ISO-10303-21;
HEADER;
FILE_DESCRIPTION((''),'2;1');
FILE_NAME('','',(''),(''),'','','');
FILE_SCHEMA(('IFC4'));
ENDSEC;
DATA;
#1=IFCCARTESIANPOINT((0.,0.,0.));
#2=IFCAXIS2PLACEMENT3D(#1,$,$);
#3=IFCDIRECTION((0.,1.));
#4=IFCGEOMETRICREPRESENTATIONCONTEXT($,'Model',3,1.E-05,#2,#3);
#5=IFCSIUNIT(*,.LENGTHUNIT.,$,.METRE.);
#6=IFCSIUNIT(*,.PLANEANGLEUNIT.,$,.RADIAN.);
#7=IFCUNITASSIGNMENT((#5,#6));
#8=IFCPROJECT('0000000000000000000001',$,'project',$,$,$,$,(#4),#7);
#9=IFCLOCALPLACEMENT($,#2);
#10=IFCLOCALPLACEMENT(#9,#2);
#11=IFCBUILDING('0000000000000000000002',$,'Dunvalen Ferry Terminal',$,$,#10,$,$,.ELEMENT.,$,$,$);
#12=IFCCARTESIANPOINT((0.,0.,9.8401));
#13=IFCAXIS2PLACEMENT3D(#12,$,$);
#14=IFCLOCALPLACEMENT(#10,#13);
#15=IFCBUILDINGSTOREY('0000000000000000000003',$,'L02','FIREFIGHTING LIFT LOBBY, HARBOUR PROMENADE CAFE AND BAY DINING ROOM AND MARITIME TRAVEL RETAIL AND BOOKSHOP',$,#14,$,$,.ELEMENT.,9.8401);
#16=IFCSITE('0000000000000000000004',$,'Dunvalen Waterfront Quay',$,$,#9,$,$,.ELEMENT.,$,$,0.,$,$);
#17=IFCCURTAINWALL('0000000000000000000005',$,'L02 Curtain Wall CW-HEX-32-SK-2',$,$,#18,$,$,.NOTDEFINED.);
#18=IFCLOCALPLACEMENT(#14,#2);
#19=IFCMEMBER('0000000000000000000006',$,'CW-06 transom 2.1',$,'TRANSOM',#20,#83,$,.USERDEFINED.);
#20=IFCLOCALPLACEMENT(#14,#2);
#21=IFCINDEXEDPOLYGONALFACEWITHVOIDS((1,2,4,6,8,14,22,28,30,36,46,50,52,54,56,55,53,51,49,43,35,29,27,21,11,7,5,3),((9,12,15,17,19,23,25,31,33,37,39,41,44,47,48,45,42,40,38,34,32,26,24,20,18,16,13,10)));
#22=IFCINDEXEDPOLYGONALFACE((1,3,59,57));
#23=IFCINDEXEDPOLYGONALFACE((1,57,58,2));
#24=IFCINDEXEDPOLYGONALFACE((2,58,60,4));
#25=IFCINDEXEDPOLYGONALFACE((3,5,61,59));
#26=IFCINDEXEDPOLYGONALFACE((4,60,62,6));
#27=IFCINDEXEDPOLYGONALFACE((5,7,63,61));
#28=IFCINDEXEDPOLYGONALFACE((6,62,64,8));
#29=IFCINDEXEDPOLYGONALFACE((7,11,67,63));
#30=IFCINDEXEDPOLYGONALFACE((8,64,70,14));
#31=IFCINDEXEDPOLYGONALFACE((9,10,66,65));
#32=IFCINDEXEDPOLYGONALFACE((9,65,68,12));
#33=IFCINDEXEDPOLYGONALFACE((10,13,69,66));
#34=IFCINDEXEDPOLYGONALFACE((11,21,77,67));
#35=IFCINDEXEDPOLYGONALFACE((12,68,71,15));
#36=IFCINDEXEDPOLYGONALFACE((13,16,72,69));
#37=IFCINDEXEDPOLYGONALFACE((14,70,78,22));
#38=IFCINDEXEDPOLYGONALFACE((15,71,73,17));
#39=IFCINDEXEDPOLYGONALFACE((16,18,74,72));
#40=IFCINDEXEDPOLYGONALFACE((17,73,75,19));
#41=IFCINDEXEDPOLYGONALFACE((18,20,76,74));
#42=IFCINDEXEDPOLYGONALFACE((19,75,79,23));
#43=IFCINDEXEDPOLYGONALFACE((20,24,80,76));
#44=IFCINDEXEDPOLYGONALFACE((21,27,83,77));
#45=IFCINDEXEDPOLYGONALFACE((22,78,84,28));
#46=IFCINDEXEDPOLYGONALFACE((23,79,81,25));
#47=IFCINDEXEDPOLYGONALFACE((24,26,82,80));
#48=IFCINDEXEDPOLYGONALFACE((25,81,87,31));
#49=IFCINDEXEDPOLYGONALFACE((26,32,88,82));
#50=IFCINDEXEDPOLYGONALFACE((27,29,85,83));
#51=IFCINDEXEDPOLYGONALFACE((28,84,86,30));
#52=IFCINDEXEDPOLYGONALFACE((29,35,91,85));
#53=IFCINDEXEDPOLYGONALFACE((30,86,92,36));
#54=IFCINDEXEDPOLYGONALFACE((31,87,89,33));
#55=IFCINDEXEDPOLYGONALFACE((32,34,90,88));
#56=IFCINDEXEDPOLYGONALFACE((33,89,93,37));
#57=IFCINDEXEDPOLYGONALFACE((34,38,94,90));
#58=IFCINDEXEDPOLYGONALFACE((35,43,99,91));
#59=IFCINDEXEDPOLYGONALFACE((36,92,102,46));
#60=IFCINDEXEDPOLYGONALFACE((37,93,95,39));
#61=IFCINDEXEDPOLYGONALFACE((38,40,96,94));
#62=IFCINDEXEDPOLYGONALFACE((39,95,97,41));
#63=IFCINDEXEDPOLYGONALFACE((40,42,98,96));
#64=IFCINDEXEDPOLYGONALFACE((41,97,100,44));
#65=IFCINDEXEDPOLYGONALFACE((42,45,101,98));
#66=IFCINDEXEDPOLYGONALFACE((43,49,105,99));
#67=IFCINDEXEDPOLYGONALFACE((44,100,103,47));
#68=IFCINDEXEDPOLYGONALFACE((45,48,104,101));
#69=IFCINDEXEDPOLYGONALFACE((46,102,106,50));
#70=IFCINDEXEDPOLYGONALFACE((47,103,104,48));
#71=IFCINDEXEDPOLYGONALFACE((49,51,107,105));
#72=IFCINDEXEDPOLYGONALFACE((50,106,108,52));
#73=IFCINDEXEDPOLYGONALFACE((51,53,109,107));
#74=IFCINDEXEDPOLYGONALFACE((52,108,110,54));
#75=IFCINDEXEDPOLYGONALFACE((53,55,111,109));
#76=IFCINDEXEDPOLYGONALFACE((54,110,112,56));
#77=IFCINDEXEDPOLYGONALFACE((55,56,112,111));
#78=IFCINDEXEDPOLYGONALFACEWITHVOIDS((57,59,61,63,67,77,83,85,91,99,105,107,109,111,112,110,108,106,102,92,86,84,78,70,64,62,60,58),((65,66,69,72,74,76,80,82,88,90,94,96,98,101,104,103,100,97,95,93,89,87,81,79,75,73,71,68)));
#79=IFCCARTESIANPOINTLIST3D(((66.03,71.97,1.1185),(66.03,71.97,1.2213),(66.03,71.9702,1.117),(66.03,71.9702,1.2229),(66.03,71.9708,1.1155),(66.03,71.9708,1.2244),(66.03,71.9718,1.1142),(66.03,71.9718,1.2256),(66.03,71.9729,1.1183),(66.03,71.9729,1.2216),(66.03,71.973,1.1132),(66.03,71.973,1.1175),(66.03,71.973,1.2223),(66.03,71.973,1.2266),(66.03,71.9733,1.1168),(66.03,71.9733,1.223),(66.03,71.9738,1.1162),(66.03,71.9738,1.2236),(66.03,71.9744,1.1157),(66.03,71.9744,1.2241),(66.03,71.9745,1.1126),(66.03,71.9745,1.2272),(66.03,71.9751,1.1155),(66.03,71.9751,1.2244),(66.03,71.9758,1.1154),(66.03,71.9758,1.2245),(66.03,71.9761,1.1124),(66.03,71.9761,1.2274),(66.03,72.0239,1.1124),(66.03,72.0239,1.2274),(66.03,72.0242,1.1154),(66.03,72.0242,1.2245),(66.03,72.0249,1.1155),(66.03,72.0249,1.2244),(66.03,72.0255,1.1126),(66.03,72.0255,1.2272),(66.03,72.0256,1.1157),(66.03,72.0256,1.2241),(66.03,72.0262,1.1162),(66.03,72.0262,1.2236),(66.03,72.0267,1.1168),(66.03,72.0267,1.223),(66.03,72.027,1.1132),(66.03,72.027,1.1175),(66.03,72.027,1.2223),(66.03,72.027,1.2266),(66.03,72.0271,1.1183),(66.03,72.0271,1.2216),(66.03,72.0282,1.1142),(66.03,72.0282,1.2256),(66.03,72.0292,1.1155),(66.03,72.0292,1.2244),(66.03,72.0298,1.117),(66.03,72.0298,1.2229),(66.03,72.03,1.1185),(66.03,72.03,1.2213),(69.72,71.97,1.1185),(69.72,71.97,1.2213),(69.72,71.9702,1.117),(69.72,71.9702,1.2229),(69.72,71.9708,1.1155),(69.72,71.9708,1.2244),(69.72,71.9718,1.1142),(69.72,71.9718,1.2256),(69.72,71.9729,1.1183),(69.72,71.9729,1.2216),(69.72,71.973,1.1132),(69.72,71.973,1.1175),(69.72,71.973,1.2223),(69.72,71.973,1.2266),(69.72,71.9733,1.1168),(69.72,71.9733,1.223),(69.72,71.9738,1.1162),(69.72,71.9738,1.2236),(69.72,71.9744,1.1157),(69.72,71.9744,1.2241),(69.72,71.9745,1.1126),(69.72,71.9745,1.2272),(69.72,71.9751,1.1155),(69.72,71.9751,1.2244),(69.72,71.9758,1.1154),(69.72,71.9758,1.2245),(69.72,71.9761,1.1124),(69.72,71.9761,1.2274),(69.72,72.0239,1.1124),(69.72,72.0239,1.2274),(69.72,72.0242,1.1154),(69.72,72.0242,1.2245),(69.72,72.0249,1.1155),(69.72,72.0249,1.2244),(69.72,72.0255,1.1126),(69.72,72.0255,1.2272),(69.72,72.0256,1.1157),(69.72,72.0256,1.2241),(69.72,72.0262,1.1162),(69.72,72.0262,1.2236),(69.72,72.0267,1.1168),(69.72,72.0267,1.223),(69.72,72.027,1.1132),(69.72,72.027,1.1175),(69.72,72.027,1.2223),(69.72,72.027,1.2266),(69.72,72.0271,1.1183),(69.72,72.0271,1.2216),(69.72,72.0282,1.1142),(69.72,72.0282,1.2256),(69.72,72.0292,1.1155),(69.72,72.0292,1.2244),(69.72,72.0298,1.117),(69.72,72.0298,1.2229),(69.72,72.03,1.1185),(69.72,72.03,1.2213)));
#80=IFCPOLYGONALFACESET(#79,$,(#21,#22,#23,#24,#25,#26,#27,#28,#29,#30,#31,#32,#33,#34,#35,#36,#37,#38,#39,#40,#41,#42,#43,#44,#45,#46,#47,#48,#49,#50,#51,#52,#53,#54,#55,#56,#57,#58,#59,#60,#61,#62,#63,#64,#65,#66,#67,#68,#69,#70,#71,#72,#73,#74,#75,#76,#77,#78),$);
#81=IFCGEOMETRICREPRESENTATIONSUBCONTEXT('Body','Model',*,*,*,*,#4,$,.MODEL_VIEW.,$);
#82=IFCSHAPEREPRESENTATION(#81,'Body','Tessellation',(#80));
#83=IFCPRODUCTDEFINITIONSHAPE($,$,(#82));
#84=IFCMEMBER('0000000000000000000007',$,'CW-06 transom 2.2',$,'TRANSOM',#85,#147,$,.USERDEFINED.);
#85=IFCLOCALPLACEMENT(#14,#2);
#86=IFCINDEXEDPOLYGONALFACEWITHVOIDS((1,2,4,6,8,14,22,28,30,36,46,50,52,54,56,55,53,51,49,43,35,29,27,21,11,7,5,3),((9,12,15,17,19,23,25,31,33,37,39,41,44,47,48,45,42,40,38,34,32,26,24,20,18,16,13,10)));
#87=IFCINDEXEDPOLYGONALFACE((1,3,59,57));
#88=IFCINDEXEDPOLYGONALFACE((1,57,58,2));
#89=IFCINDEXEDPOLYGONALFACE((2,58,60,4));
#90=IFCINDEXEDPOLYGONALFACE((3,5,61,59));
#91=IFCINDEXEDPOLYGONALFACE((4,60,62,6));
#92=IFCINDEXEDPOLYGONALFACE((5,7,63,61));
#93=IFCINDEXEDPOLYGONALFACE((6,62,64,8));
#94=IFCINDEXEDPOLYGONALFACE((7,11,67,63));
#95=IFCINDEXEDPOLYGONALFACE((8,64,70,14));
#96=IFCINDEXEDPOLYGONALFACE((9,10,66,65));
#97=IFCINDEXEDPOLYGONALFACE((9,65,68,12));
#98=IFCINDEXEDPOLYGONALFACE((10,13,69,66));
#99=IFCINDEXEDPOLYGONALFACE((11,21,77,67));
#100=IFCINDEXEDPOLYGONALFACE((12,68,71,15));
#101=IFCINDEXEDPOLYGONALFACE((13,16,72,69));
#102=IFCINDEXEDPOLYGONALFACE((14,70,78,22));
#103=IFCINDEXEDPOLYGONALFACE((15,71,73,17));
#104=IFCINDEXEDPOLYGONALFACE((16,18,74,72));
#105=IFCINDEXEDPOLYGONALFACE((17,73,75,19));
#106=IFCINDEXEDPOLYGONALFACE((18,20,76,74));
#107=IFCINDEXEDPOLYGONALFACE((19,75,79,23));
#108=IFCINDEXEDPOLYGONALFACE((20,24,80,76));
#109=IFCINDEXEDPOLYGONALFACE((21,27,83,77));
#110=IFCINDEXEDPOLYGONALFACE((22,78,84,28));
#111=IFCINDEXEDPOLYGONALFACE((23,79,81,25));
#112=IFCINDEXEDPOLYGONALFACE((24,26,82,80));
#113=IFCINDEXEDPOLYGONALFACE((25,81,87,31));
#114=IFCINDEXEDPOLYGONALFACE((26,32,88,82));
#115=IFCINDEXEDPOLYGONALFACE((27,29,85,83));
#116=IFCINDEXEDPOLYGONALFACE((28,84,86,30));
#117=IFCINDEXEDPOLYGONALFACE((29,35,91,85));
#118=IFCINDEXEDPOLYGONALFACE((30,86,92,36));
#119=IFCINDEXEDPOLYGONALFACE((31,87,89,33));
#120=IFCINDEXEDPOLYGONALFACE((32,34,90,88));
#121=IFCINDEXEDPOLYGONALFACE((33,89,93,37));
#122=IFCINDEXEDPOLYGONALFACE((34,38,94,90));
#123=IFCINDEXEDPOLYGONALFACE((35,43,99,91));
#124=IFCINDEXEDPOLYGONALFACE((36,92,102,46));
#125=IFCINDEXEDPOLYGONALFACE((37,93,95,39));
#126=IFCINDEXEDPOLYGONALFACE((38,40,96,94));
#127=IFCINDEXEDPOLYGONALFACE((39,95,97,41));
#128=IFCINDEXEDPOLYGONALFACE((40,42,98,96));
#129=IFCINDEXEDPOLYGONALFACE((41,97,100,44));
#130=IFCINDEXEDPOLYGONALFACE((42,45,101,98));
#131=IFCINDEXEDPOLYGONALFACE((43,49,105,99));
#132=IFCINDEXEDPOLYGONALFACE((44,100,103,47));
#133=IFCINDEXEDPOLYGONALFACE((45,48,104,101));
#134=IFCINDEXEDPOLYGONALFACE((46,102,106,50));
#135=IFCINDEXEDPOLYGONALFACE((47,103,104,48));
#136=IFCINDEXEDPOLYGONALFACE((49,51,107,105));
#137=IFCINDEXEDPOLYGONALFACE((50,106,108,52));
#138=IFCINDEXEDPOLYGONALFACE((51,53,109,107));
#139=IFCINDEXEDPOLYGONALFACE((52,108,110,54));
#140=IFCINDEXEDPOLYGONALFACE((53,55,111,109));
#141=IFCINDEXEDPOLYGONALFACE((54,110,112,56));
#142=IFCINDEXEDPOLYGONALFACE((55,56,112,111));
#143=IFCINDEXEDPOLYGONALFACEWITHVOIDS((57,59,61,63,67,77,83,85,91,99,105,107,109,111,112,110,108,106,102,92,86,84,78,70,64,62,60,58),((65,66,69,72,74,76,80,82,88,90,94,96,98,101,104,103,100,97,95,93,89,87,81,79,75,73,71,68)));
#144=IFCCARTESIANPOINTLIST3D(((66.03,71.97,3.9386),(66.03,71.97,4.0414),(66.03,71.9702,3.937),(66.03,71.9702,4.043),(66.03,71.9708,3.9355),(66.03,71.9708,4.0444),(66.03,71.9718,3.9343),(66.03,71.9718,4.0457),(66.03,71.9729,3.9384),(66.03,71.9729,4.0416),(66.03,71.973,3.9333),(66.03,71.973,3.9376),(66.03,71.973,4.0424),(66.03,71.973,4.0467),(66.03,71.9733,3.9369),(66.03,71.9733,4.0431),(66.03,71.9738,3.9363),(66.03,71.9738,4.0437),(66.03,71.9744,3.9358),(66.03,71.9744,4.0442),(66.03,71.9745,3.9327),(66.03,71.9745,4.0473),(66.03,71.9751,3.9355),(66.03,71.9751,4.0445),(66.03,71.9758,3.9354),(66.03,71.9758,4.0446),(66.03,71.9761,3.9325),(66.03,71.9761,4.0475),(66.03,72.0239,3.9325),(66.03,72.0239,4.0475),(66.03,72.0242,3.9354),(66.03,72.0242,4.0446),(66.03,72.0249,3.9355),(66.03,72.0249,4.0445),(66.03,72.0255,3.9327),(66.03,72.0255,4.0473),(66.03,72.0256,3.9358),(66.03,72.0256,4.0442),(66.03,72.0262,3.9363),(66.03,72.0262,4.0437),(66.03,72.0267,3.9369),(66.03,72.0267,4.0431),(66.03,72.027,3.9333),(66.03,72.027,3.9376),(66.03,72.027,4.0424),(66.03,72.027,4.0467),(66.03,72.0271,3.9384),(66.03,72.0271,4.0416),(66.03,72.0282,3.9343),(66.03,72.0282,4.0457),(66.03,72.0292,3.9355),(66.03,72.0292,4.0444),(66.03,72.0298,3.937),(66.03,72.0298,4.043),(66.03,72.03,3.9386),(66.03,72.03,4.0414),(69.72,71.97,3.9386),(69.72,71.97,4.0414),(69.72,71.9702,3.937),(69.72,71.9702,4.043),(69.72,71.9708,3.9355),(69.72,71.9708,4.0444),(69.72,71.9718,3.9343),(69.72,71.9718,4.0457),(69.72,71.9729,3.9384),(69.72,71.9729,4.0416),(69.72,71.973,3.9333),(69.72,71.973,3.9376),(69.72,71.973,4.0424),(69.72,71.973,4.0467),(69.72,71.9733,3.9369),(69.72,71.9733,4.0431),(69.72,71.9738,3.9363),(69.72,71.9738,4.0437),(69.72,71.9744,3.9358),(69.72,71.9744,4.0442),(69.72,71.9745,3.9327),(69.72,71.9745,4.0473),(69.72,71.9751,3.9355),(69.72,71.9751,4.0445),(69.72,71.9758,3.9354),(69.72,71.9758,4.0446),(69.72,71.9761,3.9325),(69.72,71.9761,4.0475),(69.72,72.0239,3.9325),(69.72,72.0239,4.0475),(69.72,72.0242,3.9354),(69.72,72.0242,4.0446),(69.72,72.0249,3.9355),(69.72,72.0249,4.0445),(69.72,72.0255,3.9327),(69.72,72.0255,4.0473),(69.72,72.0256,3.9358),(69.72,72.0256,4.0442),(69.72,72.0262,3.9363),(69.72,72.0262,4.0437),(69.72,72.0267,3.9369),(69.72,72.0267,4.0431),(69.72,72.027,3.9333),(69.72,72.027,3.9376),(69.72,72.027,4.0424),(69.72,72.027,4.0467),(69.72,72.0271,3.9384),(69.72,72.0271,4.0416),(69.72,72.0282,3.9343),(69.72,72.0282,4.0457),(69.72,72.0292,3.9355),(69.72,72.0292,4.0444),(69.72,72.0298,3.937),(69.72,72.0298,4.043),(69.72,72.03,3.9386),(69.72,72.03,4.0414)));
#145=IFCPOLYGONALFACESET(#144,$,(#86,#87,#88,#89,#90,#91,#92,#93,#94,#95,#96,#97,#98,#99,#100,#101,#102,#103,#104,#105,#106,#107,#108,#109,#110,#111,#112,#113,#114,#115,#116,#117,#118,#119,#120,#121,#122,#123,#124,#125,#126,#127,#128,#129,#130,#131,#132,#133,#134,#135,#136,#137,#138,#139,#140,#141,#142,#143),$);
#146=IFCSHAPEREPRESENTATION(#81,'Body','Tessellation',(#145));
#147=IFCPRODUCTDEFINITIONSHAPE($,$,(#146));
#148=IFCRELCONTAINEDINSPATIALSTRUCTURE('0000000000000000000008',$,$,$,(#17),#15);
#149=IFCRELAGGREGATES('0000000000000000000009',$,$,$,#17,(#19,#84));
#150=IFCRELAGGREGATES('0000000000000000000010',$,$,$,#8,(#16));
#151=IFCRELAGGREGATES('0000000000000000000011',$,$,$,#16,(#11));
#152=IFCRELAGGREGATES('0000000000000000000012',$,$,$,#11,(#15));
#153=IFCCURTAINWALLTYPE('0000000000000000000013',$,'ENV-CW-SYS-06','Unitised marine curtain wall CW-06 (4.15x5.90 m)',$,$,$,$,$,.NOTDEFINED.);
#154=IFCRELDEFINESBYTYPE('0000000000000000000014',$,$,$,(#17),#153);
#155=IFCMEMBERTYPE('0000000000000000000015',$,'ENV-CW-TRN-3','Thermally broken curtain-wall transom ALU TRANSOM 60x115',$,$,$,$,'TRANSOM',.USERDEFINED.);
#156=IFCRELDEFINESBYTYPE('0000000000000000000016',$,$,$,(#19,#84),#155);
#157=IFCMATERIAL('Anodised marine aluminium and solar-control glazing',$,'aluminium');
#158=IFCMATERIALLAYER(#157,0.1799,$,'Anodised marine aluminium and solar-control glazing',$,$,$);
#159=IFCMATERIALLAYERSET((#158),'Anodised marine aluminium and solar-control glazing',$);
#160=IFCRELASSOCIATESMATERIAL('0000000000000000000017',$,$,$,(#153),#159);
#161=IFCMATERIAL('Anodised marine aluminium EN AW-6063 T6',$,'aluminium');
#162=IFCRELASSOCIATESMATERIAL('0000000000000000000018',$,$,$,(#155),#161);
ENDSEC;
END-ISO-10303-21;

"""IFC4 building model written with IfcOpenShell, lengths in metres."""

from ifc_helpers import new_model, si_unit, direction, frame, origin, origin_2d, place, context, subcontext, project, spatial, hollow_rectangle, extrude, material, layer, layer_set, material_profile, profile_set, type_object, element, aggregate, save


model = new_model("IFC4")

# Units and contexts
model_context = context("Model", 3, precision=1e-05, world=origin(), true_north=direction((0.0, 1.0)))
body_context = subcontext(model_context, "Body", "Model", "MODEL_VIEW")
ifc_project = project(units=[si_unit("LENGTHUNIT", "METRE"), si_unit("PLANEANGLEUNIT", "RADIAN")], contexts=[model_context])

# Site, building, storey
site_placement = place(None, origin())
site = spatial("IfcSite", under=ifc_project, at=site_placement, Name="Dunvalen Waterfront Quay", CompositionType="ELEMENT", RefElevation=0.0)
building_placement = place(site_placement, origin())
building = spatial("IfcBuilding", under=site, at=building_placement, Name="Dunvalen Ferry Terminal", CompositionType="ELEMENT")
storey_placement = place(building_placement, frame((0.0, 0.0, 9.8401)))
storey = spatial("IfcBuildingStorey", under=building, at=storey_placement, Name="L02", Description="FIREFIGHTING LIFT LOBBY, HARBOUR PROMENADE CAFE AND BAY DINING ROOM AND MARITIME TRAVEL RETAIL AND BOOKSHOP", CompositionType="ELEMENT", Elevation=9.8401)

# Curtain wall, members
ifc_material_1 = material(Name="Anodised marine aluminium and solar-control glazing", Category="aluminium")
ifc_layer_1 = layer(ifc_material_1, 0.1799, Name="Anodised marine aluminium and solar-control glazing")
ifc_layer_set_1 = layer_set([ifc_layer_1], Name="Anodised marine aluminium and solar-control glazing")
curtain_wall_type = type_object("IfcCurtainWallType", Name="ENV-CW-SYS-06", Description="Unitised marine curtain wall CW-06 (4.15x5.90 m)", PredefinedType="NOTDEFINED", material=ifc_layer_set_1)
curtain_wall_placement = place(storey_placement, origin())
curtain_wall = element("IfcCurtainWall", 1, at=curtain_wall_placement, inside=storey, type_object=curtain_wall_type, Name="L02 Curtain Wall CW-HEX-32-SK-2", PredefinedType="NOTDEFINED")
ifc_material_2 = material(Name="Anodised marine aluminium EN AW-6063 T6", Category="aluminium")
ifc_material_profile_1 = material_profile(ifc_material_2, hollow_rectangle(XDim=0.0601, YDim=0.115, WallThickness=0.0029, InnerFilletRadius=0.0029, OuterFilletRadius=0.0061, at=origin_2d()), Name="Anodised marine aluminium EN AW-6063 T6")
ifc_profile_set_1 = profile_set([ifc_material_profile_1], Name="Anodised marine aluminium EN AW-6063 T6")
member_type_1 = type_object("IfcMemberType", Name="ENV-CW-TRN-3", Description="Thermally broken curtain-wall transom ALU TRANSOM 60x115", ElementType="TRANSOM", PredefinedType="USERDEFINED", material=ifc_profile_set_1)
member_1_placement = place(storey_placement, frame((66.03, 72.0, 1.1699), z_axis=(1.0, 0.0, 0.0), x_axis=(0.0, 1.0, 0.0)))
member_1 = element("IfcMember", 2, at=member_1_placement, type_object=member_type_1, Name="CW-06 transom 2.1", ObjectType="TRANSOM", PredefinedType="USERDEFINED", context=body_context, shape_type="SweptSolid", body=[
    extrude(hollow_rectangle(XDim=0.0601, YDim=0.115, WallThickness=0.0029, InnerFilletRadius=0.0029, OuterFilletRadius=0.0061, at=origin_2d()), origin(), (0.0, 0.0, 1.0), 3.6899),
])
member_2_placement = place(storey_placement, frame((66.03, 72.0, 3.99), z_axis=(1.0, 0.0, 0.0), x_axis=(0.0, 1.0, 0.0)))
member_2 = element("IfcMember", 3, at=member_2_placement, type_object=member_type_1, Name="CW-06 transom 2.2", ObjectType="TRANSOM", PredefinedType="USERDEFINED", context=body_context, shape_type="SweptSolid", body=[
    extrude(hollow_rectangle(XDim=0.0601, YDim=0.115, WallThickness=0.0029, InnerFilletRadius=0.0029, OuterFilletRadius=0.0061, at=origin_2d()), origin(), (0.0, 0.0, 1.0), 3.6899),
])

aggregate(curtain_wall, [member_1, member_2])

save(model, "model.ifc")
